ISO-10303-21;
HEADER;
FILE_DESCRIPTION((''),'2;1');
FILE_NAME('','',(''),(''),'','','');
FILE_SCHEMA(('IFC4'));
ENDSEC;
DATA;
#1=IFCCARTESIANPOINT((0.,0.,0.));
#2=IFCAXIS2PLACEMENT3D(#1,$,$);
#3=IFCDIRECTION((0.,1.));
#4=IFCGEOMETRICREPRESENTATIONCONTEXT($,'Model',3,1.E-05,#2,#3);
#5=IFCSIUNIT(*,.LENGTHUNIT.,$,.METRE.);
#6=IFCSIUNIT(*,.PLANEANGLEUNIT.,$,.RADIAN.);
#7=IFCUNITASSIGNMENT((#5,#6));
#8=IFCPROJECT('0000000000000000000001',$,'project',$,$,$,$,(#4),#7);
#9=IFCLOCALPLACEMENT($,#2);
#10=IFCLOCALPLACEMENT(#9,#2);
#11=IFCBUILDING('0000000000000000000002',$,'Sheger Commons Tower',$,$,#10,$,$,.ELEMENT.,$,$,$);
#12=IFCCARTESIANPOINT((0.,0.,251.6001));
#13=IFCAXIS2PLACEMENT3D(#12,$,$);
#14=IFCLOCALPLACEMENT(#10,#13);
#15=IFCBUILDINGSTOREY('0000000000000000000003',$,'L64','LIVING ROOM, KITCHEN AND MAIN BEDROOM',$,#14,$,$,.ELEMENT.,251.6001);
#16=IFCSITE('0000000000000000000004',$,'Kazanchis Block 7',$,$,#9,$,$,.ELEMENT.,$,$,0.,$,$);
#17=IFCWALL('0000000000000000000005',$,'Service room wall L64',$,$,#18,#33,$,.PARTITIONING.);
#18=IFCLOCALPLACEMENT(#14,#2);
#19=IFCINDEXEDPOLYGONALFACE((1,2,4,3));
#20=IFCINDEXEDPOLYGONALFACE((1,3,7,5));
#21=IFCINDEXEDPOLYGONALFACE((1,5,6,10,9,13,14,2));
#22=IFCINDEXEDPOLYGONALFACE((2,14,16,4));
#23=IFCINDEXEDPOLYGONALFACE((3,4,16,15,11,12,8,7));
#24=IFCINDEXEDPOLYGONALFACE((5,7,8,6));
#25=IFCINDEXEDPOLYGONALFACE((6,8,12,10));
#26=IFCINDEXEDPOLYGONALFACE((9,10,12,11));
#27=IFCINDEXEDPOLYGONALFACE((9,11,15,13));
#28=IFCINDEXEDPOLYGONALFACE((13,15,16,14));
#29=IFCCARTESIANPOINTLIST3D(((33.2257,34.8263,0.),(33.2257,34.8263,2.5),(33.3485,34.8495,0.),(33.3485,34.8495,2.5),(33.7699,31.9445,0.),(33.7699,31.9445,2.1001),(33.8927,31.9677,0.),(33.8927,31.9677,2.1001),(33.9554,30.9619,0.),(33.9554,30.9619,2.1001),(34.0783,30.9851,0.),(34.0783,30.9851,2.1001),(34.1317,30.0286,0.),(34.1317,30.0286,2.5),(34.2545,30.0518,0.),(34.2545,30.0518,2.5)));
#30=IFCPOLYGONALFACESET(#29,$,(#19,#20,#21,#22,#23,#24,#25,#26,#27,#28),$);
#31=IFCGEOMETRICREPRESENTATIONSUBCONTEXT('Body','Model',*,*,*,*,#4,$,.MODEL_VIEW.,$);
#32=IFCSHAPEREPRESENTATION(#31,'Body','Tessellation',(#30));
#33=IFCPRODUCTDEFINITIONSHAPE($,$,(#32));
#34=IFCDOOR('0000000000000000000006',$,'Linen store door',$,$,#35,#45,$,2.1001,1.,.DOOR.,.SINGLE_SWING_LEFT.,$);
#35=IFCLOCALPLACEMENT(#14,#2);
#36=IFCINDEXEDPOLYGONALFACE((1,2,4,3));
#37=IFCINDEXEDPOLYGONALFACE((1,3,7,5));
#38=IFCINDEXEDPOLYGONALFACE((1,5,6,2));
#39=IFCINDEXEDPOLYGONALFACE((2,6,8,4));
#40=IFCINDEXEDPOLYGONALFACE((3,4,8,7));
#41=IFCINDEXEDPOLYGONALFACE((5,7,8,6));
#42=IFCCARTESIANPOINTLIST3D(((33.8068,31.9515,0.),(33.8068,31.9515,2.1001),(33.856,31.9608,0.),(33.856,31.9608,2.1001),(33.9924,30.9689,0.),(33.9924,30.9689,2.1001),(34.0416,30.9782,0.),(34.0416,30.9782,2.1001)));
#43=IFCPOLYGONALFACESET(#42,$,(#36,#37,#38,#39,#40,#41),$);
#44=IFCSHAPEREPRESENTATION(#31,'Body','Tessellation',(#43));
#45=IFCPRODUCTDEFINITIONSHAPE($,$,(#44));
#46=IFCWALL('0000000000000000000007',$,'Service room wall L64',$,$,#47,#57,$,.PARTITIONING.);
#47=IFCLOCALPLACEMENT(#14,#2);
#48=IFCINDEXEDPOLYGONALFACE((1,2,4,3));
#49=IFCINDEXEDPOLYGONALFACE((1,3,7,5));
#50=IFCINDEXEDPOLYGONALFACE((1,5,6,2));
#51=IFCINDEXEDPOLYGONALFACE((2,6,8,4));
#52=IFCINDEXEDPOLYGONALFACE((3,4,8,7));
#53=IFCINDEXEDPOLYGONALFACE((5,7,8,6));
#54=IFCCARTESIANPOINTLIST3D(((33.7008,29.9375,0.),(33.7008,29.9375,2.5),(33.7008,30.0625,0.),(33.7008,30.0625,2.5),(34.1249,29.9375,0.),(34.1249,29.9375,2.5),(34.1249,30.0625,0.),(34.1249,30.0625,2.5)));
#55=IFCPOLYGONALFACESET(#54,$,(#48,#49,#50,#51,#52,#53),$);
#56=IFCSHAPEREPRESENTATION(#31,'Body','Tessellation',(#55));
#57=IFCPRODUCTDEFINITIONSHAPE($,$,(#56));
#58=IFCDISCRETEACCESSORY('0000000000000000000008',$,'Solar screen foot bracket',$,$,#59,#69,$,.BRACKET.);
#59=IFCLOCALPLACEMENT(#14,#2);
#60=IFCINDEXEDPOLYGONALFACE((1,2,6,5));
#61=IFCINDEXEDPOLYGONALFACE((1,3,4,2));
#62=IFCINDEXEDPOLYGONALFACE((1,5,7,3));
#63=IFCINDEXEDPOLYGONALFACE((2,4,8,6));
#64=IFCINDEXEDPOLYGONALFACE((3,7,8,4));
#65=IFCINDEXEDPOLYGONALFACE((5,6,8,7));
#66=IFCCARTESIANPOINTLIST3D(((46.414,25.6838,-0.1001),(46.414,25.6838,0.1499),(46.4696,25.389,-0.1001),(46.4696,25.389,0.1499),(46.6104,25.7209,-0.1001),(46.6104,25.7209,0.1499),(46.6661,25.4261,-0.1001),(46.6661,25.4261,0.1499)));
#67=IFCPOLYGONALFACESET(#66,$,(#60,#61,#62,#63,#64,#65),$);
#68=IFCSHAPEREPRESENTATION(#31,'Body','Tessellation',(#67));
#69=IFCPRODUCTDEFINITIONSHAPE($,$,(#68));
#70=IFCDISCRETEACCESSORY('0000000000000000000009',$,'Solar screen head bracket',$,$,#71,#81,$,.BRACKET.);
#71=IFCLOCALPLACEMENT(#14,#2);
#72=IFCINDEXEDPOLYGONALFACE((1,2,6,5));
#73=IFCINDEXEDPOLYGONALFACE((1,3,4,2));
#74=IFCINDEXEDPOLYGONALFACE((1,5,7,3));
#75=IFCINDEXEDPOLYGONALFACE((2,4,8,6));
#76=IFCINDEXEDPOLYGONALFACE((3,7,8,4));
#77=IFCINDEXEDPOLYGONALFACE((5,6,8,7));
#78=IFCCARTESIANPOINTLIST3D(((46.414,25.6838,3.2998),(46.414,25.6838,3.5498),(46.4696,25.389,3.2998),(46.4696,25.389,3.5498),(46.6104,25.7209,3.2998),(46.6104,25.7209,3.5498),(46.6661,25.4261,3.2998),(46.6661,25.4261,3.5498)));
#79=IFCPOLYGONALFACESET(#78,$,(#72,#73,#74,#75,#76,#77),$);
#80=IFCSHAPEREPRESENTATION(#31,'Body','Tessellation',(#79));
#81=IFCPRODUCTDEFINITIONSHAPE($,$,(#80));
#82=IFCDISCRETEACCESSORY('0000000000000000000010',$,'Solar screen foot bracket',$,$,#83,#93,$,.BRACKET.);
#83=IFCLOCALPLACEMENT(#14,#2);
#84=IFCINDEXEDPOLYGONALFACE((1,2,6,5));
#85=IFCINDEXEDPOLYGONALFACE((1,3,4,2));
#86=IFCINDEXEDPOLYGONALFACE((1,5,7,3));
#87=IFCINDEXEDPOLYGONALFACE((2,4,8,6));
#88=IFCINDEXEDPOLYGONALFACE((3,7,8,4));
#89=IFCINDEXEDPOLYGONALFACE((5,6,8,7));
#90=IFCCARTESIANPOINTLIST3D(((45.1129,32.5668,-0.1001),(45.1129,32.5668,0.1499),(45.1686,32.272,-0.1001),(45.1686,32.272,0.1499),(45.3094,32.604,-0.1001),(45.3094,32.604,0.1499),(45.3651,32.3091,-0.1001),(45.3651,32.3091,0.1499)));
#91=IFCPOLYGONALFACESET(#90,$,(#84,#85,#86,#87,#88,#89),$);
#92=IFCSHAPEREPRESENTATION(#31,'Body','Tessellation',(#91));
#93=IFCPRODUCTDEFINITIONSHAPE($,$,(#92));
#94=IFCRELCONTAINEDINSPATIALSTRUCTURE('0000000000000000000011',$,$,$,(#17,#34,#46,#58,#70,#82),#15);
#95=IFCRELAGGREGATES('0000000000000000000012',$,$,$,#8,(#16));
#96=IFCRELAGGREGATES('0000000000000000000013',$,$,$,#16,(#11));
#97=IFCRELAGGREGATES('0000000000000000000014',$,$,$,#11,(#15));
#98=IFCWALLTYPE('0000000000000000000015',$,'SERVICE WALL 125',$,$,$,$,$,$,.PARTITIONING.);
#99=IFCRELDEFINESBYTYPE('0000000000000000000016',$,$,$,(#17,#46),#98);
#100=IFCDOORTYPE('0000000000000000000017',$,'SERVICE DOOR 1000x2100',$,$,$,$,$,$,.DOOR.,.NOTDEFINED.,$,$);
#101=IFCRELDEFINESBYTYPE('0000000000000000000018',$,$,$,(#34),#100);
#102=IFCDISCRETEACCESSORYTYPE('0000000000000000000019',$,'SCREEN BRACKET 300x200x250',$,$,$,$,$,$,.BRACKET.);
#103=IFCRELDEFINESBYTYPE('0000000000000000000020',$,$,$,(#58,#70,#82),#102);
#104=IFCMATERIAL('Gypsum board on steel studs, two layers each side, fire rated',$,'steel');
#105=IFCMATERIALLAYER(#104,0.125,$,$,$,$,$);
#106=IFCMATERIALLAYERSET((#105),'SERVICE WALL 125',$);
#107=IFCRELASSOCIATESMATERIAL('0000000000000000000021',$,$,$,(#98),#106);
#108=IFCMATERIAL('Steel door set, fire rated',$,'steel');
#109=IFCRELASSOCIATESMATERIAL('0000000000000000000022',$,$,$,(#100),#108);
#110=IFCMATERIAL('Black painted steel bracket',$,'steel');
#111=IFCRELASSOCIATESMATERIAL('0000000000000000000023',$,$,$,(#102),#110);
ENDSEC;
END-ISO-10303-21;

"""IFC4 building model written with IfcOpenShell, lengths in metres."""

from ifc_helpers import new_model, si_unit, direction, frame, frame_2d, origin, origin_2d, place, context, subcontext, project, spatial, rectangle, extrude, material, layer, layer_set, type_object, element, fill, save


model = new_model("IFC4")

# Units and contexts
model_context = context("Model", 3, precision=1e-05, world=origin(), true_north=direction((0.0, 1.0)))
body_context = subcontext(model_context, "Body", "Model", "MODEL_VIEW")
ifc_project = project(units=[si_unit("LENGTHUNIT", "METRE"), si_unit("PLANEANGLEUNIT", "RADIAN")], contexts=[model_context])

# Site, building, storey
site_placement = place(None, origin())
site = spatial("IfcSite", under=ifc_project, at=site_placement, Name="Kazanchis Block 7", CompositionType="ELEMENT", RefElevation=0.0)
building_placement = place(site_placement, origin())
building = spatial("IfcBuilding", under=site, at=building_placement, Name="Sheger Commons Tower", CompositionType="ELEMENT")
storey_placement = place(building_placement, frame((0.0, 0.0, 251.6001)))
storey = spatial("IfcBuildingStorey", under=building, at=storey_placement, Name="L64", Description="LIVING ROOM, KITCHEN AND MAIN BEDROOM", CompositionType="ELEMENT", Elevation=251.6001)

# Wall, opening, door
ifc_material_1 = material(Name="Gypsum board on steel studs, two layers each side, fire rated", Category="steel")
ifc_layer_1 = layer(ifc_material_1, 0.125)
ifc_layer_set_1 = layer_set([ifc_layer_1], Name="SERVICE WALL 125")
wall_type_1 = type_object("IfcWallType", Name="SERVICE WALL 125", PredefinedType="PARTITIONING", material=ifc_layer_set_1)
wall_1_placement = place(storey_placement, frame((34.1931, 30.04, 0.0), z_axis=(0.0, 0.0, 1.0), x_axis=(-0.185556, 0.982634, 0.0)))
wall_1 = element("IfcWall", 1, at=wall_1_placement, inside=storey, type_object=wall_type_1, Name="Service room wall L64", PredefinedType="PARTITIONING", context=body_context, shape_type="SweptSolid", body=[
    extrude(rectangle(XDim=4.8826, YDim=0.125, at=frame_2d((2.4414, 0.0))), origin(), (0.0, 0.0, 1.0), 2.5),
])
opening_1_placement = place(wall_1_placement, frame((0.95, 0.0, 0.0)))
opening_1 = element("IfcOpeningElement", 2, at=opening_1_placement, cuts=wall_1, PredefinedType="OPENING", context=body_context, shape_type="SweptSolid", body=[
    extrude(rectangle(XDim=1.0, YDim=2.1001, at=frame_2d((0.5, 1.05))), frame((0.0, 0.0725, 0.0), z_axis=(0.0, -1.0, 0.0), x_axis=(1.0, 0.0, 0.0)), (0.0, 0.0, 1.0), 0.145),
])
ifc_material_2 = material(Name="Steel door set, fire rated", Category="steel")
door_type_1 = type_object("IfcDoorType", Name="SERVICE DOOR 1000x2100", OperationType="NOTDEFINED", PredefinedType="DOOR", material=ifc_material_2)
door_1_placement = place(opening_1_placement, origin())
door_1 = element("IfcDoor", 3, at=door_1_placement, inside=storey, type_object=door_type_1, Name="Linen store door", OperationType="SINGLE_SWING_LEFT", OverallHeight=2.1001, OverallWidth=1.0, PredefinedType="DOOR", context=body_context, shape_type="SweptSolid", body=[
    extrude(rectangle(XDim=1.0, YDim=2.1001, at=frame_2d((0.5, 1.05))), frame((0.0, 0.0249, 0.0), z_axis=(0.0, -1.0, 0.0), x_axis=(1.0, 0.0, 0.0)), (0.0, 0.0, 1.0), 0.05),
])
fill(opening_1, door_1)

# Wall
wall_2_placement = place(storey_placement, frame((33.7009, 30.0, 0.0), z_axis=(0.0, 0.0, 1.0), x_axis=(1.0, 0.0, 0.0)))
element("IfcWall", 4, at=wall_2_placement, inside=storey, type_object=wall_type_1, Name="Service room wall L64", PredefinedType="PARTITIONING", context=body_context, shape_type="SweptSolid", body=[
    extrude(rectangle(XDim=0.4241, YDim=0.125, at=frame_2d((0.2119, 0.0))), origin(), (0.0, 0.0, 1.0), 2.5),
])

# Discrete accessories
ifc_material_3 = material(Name="Black painted steel bracket", Category="steel")
discrete_accessory_type = type_object("IfcDiscreteAccessoryType", Name="SCREEN BRACKET 300x200x250", PredefinedType="BRACKET", material=ifc_material_3)
for number, where, z_axis, x_axis, name in (
    (5, (46.54, 25.5549, -0.1001), (0.0, 0.0, 1.0), (-0.185615, 0.982623, 0.0), "Solar screen foot bracket"),
    (6, (46.54, 25.5549, 3.2998), (0.0, 0.0, 1.0), (-0.185615, 0.982623, 0.0), "Solar screen head bracket"),
    (7, (45.239, 32.438, -0.1001), (0.0, 0.0, 1.0), (-0.185615, 0.982623, 0.0), "Solar screen foot bracket"),
):
    element("IfcDiscreteAccessory", number, at=place(storey_placement, frame(where, z_axis=z_axis, x_axis=x_axis)), inside=storey, type_object=discrete_accessory_type, Name=name, PredefinedType="BRACKET", context=body_context, shape_type="SweptSolid", body=[
        extrude(rectangle(XDim=0.3, YDim=0.2, at=origin_2d()), origin(), (0.0, 0.0, 1.0), 0.25),
    ])

save(model, "model.ifc")
